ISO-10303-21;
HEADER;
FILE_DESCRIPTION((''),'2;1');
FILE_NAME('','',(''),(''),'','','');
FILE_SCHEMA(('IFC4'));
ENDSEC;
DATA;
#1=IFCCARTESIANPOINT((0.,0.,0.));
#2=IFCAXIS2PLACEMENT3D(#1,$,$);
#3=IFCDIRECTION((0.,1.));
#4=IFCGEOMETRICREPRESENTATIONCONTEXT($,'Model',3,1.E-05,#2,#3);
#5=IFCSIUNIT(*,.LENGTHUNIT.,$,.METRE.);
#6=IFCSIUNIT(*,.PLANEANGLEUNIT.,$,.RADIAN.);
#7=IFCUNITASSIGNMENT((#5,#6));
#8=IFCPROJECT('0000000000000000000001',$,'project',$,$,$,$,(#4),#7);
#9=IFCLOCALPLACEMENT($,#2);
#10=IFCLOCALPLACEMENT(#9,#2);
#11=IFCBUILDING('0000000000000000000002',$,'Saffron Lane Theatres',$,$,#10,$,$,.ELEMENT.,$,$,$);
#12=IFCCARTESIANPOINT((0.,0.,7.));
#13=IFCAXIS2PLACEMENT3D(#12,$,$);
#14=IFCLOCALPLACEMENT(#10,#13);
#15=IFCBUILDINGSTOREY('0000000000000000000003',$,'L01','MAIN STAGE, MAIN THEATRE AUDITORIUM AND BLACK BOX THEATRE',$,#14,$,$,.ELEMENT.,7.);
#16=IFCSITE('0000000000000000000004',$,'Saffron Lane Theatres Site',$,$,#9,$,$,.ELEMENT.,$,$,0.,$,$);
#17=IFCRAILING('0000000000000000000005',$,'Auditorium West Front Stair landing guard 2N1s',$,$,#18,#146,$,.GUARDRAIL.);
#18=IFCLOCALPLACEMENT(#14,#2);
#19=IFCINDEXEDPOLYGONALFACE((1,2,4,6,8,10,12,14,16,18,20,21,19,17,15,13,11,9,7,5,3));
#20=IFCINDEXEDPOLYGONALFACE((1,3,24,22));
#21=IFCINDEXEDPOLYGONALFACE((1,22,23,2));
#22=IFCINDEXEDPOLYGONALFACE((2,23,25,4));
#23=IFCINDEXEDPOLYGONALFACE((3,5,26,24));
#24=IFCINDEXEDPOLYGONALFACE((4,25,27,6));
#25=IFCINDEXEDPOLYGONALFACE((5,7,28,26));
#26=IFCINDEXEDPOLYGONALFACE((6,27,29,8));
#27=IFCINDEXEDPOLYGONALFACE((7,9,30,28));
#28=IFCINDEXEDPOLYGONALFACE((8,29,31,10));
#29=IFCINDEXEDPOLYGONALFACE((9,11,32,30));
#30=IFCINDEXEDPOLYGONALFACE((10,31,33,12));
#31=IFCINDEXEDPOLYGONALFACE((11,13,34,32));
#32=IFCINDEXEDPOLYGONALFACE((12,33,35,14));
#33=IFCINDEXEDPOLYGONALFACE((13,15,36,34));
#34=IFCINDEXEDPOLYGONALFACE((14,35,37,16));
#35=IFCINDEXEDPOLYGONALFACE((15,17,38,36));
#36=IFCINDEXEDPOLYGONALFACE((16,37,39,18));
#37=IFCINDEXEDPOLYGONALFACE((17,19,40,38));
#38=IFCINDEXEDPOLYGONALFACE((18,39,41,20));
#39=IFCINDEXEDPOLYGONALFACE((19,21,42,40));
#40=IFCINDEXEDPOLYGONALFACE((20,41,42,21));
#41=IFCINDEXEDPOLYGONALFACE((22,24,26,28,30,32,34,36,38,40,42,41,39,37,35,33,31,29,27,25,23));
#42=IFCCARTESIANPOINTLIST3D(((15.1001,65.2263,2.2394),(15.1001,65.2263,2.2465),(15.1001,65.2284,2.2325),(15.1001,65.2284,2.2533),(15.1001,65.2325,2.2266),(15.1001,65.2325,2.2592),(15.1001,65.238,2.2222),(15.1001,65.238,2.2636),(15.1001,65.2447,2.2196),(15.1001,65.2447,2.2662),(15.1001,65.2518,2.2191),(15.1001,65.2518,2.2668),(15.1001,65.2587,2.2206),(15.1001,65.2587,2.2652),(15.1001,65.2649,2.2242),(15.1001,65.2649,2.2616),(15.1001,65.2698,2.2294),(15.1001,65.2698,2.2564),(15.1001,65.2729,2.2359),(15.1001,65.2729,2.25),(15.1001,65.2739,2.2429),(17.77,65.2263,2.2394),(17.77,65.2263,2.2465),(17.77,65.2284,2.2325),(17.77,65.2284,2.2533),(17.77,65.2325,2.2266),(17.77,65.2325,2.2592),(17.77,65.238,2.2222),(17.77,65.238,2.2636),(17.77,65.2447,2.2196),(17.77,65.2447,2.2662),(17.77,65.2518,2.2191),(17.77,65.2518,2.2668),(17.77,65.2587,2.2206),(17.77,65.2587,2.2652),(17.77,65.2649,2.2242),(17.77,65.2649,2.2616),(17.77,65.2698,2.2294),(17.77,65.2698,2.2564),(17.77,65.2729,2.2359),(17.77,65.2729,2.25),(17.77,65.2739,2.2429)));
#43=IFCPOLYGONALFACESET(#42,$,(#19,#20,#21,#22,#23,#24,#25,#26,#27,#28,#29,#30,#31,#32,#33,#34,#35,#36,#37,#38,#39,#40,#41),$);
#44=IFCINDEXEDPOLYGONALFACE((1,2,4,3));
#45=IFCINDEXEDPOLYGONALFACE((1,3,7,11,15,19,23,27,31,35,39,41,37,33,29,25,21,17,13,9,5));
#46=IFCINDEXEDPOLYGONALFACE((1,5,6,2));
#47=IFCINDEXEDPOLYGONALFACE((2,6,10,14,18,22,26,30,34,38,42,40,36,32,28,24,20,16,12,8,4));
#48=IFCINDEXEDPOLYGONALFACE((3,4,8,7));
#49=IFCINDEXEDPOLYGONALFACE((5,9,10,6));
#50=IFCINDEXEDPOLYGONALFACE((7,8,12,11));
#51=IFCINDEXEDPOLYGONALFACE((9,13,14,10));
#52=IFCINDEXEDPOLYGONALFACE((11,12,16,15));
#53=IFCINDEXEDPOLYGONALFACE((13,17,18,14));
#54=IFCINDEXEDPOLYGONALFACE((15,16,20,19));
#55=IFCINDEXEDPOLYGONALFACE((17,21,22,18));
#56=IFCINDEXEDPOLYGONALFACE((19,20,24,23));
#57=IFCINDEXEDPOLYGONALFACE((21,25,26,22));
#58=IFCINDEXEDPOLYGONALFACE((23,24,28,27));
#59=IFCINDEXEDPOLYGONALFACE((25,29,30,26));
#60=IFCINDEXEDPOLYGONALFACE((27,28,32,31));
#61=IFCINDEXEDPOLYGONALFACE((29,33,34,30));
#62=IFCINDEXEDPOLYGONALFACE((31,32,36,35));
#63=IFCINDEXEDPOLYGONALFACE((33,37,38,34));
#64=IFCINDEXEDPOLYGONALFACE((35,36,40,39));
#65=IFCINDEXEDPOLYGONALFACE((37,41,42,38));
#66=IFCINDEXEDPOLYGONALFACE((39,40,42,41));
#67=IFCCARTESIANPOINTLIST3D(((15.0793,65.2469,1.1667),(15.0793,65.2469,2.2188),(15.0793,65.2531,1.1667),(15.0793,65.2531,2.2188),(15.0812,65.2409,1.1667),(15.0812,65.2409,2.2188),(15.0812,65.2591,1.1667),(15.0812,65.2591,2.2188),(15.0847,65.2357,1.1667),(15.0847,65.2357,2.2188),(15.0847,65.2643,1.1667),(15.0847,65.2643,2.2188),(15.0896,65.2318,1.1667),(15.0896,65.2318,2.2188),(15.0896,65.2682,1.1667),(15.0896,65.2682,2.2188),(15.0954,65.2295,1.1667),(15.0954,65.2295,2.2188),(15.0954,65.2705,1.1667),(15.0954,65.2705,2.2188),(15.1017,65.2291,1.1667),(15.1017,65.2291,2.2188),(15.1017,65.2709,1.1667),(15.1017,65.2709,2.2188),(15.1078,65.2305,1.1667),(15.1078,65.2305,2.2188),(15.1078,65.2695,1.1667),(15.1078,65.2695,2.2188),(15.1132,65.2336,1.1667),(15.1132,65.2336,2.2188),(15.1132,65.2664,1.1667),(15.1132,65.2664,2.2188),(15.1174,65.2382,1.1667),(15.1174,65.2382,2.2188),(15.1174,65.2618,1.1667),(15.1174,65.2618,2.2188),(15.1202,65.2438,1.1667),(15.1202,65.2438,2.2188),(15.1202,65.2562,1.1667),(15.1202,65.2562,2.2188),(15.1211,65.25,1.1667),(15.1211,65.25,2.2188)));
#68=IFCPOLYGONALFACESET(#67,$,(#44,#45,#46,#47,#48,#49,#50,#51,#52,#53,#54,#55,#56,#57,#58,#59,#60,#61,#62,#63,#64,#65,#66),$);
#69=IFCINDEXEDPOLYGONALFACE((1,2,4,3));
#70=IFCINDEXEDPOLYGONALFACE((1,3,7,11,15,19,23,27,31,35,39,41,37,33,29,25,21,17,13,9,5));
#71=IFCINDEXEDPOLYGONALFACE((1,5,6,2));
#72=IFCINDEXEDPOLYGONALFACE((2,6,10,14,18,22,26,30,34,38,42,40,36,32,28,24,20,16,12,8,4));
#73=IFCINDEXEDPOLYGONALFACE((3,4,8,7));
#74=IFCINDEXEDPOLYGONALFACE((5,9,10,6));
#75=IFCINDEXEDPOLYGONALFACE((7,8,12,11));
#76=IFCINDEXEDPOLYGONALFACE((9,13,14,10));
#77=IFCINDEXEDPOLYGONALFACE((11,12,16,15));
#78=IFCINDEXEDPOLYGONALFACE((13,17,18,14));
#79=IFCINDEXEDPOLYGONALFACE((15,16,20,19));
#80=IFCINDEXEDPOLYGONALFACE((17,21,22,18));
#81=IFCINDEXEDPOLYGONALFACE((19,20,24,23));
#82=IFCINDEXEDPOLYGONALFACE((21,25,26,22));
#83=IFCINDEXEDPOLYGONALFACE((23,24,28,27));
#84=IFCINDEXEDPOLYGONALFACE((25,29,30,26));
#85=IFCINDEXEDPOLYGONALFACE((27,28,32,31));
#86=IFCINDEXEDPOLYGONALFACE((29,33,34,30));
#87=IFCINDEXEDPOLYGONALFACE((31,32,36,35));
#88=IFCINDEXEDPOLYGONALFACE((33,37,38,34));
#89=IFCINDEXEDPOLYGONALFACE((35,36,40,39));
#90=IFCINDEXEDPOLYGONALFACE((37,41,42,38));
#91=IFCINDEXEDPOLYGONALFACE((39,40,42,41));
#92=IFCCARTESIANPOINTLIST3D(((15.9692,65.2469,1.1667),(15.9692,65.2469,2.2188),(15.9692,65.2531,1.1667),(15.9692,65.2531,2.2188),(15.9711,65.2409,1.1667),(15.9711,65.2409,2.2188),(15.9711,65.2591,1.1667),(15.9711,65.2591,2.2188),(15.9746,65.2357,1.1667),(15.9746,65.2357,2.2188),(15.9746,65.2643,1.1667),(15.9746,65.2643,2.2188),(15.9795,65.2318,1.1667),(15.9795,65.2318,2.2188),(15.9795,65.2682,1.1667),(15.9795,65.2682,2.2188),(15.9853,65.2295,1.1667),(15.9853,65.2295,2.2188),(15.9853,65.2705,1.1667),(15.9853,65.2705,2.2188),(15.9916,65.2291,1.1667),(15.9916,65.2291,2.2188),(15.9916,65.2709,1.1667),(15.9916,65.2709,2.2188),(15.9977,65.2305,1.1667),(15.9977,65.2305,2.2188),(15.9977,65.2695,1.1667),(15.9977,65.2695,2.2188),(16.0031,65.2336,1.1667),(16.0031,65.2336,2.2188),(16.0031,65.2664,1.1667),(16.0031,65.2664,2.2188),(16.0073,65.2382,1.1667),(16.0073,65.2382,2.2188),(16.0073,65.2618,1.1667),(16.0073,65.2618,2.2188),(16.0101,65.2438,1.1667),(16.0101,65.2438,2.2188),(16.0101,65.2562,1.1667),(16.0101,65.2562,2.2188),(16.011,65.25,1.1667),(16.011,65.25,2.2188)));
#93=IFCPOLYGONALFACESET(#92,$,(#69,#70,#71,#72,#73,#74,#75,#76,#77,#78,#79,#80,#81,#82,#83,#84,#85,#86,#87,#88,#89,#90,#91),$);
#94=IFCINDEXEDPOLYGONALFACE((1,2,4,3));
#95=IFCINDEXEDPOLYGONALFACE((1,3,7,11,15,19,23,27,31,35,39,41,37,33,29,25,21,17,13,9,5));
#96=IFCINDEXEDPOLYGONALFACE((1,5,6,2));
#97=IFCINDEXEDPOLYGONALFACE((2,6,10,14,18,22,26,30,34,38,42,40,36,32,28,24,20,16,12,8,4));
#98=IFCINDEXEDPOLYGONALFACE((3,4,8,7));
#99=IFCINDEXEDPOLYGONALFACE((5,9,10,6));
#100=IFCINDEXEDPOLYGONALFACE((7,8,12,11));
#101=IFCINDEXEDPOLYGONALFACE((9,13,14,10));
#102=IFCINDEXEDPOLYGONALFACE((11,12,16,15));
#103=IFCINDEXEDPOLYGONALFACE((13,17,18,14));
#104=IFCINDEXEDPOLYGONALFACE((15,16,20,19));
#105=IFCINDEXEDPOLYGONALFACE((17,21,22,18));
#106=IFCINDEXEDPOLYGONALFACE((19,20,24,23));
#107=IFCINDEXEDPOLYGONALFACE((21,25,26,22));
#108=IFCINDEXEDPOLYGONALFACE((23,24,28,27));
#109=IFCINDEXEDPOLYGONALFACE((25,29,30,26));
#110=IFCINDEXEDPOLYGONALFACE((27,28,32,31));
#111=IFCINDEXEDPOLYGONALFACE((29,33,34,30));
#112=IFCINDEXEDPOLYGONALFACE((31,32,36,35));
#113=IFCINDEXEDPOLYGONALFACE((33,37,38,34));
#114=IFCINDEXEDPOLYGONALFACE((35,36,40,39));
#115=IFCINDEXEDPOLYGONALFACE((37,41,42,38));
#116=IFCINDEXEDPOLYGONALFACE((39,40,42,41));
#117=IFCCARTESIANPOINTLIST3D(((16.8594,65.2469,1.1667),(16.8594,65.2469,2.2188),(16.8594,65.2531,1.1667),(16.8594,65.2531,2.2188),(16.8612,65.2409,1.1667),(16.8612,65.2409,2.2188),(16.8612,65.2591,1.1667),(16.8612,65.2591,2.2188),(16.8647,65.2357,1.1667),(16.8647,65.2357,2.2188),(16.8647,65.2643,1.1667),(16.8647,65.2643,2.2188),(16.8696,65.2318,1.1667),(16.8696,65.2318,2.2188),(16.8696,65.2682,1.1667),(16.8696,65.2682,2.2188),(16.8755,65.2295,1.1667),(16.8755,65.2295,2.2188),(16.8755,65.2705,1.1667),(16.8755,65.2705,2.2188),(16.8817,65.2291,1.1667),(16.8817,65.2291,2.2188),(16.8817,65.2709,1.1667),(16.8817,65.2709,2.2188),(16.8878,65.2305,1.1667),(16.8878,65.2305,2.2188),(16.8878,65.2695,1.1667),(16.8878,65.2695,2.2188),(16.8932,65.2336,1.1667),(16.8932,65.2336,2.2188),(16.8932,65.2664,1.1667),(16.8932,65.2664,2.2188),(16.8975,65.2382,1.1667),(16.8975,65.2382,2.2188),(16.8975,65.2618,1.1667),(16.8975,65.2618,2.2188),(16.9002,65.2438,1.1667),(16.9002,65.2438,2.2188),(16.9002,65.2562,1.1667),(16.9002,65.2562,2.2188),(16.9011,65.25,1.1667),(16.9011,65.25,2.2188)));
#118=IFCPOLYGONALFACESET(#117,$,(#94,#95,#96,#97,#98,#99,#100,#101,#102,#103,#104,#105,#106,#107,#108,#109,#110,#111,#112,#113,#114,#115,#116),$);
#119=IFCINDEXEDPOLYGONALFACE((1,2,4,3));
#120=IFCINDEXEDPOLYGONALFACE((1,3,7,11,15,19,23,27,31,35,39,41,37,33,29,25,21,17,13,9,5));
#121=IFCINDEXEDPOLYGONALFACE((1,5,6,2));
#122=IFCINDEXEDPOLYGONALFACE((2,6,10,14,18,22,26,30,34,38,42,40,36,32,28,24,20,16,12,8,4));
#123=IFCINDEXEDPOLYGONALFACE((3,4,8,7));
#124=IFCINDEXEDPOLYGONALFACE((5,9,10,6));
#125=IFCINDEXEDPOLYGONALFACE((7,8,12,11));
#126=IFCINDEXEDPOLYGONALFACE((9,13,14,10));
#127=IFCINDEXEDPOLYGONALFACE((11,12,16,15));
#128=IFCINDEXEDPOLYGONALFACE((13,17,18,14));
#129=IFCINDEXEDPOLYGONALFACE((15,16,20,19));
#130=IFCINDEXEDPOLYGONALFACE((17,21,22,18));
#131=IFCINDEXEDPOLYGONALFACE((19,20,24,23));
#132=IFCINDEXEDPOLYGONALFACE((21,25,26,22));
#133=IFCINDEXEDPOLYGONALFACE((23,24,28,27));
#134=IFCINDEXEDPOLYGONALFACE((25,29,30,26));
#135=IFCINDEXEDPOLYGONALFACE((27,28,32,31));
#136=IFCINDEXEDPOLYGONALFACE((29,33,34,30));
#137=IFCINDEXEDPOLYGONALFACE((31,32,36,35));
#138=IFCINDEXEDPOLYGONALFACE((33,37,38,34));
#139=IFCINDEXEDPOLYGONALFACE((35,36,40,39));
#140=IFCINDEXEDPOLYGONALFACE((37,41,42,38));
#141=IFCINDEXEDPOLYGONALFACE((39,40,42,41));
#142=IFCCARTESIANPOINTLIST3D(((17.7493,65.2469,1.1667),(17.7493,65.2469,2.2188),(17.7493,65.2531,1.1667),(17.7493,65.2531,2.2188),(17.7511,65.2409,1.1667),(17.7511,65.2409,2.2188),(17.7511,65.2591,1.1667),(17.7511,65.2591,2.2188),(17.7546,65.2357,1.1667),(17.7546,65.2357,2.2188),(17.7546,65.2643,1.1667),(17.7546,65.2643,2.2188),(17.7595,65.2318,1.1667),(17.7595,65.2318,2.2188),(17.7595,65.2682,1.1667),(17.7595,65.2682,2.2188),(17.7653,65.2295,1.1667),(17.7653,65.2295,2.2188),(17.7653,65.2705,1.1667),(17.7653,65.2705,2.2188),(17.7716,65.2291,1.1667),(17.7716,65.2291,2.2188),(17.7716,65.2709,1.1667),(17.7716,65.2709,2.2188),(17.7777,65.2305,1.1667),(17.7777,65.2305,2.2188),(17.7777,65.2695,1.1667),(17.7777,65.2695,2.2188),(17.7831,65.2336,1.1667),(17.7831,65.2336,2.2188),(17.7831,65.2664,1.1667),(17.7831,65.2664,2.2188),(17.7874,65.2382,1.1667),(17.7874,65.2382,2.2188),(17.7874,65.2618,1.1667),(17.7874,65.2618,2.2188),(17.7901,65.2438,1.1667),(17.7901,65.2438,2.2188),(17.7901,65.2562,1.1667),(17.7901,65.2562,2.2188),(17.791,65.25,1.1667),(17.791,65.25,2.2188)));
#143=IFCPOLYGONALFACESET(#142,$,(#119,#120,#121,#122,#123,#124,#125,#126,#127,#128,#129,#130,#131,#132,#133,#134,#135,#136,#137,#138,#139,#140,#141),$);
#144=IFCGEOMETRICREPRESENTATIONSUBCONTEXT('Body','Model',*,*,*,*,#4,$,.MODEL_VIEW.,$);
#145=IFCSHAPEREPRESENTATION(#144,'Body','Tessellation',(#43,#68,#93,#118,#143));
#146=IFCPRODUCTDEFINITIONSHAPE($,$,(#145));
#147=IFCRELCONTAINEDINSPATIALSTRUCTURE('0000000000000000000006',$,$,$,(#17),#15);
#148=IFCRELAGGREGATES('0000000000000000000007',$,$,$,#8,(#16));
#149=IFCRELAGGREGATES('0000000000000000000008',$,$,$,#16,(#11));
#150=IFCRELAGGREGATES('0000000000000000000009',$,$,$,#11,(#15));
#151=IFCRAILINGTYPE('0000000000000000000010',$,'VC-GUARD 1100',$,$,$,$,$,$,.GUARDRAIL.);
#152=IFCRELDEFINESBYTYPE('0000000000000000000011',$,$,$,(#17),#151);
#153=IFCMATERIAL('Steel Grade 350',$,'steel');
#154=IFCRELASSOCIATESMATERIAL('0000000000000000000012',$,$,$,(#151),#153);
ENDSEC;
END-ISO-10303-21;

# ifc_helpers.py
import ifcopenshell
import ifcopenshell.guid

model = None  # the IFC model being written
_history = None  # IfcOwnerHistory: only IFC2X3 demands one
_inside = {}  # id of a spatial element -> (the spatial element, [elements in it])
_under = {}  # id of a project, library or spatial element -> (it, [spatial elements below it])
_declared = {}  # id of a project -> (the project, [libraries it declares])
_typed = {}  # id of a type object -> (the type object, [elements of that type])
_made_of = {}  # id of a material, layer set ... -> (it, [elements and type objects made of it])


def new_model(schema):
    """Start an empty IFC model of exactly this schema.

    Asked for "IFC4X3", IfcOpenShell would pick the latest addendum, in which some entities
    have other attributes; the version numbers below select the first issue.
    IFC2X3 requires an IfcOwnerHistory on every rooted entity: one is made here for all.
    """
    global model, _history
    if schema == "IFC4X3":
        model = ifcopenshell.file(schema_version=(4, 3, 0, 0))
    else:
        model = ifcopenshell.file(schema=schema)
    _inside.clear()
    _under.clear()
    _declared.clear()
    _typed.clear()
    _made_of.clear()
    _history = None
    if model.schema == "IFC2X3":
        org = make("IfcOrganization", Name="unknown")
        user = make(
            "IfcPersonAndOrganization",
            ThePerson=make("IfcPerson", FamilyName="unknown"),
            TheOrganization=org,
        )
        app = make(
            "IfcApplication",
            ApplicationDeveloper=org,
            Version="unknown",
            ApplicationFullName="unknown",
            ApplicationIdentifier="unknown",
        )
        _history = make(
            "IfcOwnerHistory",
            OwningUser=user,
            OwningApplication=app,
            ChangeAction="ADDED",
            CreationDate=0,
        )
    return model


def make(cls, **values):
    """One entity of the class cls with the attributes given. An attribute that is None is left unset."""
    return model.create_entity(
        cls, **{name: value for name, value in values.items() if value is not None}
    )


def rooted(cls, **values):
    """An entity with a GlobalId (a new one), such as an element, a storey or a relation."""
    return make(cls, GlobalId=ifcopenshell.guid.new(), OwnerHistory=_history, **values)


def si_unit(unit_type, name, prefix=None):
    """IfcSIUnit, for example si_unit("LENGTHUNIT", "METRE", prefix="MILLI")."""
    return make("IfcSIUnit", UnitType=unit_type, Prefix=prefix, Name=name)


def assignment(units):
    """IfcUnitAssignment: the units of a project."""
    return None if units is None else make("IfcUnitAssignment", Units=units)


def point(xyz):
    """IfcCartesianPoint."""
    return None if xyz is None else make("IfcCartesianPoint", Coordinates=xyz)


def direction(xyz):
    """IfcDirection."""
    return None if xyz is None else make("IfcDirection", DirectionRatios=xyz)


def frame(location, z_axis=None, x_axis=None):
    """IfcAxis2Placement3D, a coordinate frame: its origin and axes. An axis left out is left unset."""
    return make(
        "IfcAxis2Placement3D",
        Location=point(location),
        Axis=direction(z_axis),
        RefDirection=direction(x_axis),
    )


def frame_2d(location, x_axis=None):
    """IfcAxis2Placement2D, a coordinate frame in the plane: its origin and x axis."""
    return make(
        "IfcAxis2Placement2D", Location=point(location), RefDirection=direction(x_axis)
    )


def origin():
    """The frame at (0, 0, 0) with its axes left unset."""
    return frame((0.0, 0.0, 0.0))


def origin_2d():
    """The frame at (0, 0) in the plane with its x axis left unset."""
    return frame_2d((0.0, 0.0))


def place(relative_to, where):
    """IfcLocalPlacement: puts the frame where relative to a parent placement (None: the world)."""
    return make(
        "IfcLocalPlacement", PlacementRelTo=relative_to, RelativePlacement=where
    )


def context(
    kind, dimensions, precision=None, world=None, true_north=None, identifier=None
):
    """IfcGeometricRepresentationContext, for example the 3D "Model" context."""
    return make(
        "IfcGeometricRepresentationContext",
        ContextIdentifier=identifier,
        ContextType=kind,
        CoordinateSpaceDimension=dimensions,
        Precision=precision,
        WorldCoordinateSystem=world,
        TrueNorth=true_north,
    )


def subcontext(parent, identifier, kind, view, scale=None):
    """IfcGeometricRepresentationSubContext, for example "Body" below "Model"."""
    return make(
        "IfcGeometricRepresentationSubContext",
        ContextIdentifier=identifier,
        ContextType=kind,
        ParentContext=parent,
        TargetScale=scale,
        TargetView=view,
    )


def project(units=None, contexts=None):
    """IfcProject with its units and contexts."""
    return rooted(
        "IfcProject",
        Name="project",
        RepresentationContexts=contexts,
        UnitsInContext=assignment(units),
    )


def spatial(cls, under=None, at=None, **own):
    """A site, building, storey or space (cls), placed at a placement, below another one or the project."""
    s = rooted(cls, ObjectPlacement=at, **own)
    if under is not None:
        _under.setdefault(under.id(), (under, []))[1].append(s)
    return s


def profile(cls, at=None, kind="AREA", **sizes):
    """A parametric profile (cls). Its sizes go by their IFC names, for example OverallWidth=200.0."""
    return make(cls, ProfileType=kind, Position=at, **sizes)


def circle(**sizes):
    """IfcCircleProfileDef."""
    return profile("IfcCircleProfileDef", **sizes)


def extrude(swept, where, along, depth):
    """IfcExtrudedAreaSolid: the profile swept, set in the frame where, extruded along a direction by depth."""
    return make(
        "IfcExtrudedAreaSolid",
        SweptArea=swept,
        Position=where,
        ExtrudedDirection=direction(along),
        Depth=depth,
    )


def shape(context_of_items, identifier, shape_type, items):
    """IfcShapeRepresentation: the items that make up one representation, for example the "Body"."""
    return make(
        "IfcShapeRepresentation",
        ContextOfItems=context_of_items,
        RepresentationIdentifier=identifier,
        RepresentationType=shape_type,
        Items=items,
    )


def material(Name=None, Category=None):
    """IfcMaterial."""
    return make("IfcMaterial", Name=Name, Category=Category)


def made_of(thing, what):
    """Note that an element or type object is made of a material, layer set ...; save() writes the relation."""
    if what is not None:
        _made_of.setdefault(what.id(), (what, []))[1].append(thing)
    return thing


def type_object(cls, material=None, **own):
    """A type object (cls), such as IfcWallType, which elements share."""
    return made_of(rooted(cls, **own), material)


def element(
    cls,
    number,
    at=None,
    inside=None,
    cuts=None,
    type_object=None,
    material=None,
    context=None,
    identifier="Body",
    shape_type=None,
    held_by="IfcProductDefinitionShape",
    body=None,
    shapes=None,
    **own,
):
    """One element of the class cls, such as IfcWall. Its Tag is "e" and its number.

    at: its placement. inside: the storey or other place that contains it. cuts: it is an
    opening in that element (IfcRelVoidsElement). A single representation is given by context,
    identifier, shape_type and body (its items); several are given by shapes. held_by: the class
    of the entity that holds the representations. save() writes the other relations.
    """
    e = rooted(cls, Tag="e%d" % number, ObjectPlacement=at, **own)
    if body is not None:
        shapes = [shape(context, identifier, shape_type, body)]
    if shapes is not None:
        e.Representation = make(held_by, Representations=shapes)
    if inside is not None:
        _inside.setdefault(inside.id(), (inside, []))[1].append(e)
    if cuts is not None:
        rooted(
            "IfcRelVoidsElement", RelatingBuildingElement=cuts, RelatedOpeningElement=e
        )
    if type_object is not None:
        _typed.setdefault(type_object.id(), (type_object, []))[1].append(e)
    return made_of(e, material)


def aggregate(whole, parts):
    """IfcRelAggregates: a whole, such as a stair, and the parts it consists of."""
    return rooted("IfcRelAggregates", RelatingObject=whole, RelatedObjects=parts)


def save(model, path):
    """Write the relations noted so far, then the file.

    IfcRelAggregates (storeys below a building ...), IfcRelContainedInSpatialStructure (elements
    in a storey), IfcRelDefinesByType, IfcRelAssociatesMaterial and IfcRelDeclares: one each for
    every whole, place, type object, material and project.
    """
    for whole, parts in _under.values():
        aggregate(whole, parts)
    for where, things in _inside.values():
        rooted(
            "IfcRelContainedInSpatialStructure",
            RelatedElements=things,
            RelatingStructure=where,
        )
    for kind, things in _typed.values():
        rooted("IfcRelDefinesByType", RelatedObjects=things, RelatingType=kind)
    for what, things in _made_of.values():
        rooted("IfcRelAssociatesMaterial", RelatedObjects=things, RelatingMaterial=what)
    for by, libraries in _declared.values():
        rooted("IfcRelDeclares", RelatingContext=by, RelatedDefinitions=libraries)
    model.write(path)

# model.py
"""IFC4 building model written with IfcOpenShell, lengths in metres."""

from ifc_helpers import new_model, si_unit, direction, frame, origin, origin_2d, place, context, subcontext, project, spatial, circle, extrude, material, type_object, element, save


model = new_model("IFC4")

# Units and contexts
model_context = context("Model", 3, precision=1e-05, world=origin(), true_north=direction((0.0, 1.0)))
body_context = subcontext(model_context, "Body", "Model", "MODEL_VIEW")
ifc_project = project(units=[si_unit("LENGTHUNIT", "METRE"), si_unit("PLANEANGLEUNIT", "RADIAN")], contexts=[model_context])

# Site, building, storey
site_placement = place(None, origin())
site = spatial("IfcSite", under=ifc_project, at=site_placement, Name="Saffron Lane Theatres Site", CompositionType="ELEMENT", RefElevation=0.0)
building_placement = place(site_placement, origin())
building = spatial("IfcBuilding", under=site, at=building_placement, Name="Saffron Lane Theatres", CompositionType="ELEMENT")
storey_placement = place(building_placement, frame((0.0, 0.0, 7.0)))
storey = spatial("IfcBuildingStorey", under=building, at=storey_placement, Name="L01", Description="MAIN STAGE, MAIN THEATRE AUDITORIUM AND BLACK BOX THEATRE", CompositionType="ELEMENT", Elevation=7.0)

# Railing
ifc_material_1 = material(Name="Steel Grade 350", Category="steel")
railing_type_1 = type_object("IfcRailingType", Name="VC-GUARD 1100", PredefinedType="GUARDRAIL", material=ifc_material_1)
railing_1_placement = place(storey_placement, frame((15.1001, 65.25, 1.1667)))
element("IfcRailing", 1, at=railing_1_placement, inside=storey, type_object=railing_type_1, Name="Auditorium West Front Stair landing guard 2N1s", PredefinedType="GUARDRAIL", context=body_context, shape_type="SweptSolid", body=[
    extrude(circle(Radius=0.0239, at=origin_2d()), frame((0.0, 0.0, 1.0762), z_axis=(1.0, 0.0, 0.0), x_axis=(0.0, 1.0, 0.0)), (0.0, 0.0, 1.0), 2.6699),
    extrude(circle(Radius=0.021, at=origin_2d()), origin(), (0.0, 0.0, 1.0), 1.052),
    extrude(circle(Radius=0.021, at=origin_2d()), frame((0.8899, 0.0, 0.0)), (0.0, 0.0, 1.0), 1.052),
    extrude(circle(Radius=0.021, at=origin_2d()), frame((1.78, 0.0, 0.0)), (0.0, 0.0, 1.0), 1.052),
    extrude(circle(Radius=0.021, at=origin_2d()), frame((2.6699, 0.0, 0.0)), (0.0, 0.0, 1.0), 1.052),
])

save(model, "model.ifc")
